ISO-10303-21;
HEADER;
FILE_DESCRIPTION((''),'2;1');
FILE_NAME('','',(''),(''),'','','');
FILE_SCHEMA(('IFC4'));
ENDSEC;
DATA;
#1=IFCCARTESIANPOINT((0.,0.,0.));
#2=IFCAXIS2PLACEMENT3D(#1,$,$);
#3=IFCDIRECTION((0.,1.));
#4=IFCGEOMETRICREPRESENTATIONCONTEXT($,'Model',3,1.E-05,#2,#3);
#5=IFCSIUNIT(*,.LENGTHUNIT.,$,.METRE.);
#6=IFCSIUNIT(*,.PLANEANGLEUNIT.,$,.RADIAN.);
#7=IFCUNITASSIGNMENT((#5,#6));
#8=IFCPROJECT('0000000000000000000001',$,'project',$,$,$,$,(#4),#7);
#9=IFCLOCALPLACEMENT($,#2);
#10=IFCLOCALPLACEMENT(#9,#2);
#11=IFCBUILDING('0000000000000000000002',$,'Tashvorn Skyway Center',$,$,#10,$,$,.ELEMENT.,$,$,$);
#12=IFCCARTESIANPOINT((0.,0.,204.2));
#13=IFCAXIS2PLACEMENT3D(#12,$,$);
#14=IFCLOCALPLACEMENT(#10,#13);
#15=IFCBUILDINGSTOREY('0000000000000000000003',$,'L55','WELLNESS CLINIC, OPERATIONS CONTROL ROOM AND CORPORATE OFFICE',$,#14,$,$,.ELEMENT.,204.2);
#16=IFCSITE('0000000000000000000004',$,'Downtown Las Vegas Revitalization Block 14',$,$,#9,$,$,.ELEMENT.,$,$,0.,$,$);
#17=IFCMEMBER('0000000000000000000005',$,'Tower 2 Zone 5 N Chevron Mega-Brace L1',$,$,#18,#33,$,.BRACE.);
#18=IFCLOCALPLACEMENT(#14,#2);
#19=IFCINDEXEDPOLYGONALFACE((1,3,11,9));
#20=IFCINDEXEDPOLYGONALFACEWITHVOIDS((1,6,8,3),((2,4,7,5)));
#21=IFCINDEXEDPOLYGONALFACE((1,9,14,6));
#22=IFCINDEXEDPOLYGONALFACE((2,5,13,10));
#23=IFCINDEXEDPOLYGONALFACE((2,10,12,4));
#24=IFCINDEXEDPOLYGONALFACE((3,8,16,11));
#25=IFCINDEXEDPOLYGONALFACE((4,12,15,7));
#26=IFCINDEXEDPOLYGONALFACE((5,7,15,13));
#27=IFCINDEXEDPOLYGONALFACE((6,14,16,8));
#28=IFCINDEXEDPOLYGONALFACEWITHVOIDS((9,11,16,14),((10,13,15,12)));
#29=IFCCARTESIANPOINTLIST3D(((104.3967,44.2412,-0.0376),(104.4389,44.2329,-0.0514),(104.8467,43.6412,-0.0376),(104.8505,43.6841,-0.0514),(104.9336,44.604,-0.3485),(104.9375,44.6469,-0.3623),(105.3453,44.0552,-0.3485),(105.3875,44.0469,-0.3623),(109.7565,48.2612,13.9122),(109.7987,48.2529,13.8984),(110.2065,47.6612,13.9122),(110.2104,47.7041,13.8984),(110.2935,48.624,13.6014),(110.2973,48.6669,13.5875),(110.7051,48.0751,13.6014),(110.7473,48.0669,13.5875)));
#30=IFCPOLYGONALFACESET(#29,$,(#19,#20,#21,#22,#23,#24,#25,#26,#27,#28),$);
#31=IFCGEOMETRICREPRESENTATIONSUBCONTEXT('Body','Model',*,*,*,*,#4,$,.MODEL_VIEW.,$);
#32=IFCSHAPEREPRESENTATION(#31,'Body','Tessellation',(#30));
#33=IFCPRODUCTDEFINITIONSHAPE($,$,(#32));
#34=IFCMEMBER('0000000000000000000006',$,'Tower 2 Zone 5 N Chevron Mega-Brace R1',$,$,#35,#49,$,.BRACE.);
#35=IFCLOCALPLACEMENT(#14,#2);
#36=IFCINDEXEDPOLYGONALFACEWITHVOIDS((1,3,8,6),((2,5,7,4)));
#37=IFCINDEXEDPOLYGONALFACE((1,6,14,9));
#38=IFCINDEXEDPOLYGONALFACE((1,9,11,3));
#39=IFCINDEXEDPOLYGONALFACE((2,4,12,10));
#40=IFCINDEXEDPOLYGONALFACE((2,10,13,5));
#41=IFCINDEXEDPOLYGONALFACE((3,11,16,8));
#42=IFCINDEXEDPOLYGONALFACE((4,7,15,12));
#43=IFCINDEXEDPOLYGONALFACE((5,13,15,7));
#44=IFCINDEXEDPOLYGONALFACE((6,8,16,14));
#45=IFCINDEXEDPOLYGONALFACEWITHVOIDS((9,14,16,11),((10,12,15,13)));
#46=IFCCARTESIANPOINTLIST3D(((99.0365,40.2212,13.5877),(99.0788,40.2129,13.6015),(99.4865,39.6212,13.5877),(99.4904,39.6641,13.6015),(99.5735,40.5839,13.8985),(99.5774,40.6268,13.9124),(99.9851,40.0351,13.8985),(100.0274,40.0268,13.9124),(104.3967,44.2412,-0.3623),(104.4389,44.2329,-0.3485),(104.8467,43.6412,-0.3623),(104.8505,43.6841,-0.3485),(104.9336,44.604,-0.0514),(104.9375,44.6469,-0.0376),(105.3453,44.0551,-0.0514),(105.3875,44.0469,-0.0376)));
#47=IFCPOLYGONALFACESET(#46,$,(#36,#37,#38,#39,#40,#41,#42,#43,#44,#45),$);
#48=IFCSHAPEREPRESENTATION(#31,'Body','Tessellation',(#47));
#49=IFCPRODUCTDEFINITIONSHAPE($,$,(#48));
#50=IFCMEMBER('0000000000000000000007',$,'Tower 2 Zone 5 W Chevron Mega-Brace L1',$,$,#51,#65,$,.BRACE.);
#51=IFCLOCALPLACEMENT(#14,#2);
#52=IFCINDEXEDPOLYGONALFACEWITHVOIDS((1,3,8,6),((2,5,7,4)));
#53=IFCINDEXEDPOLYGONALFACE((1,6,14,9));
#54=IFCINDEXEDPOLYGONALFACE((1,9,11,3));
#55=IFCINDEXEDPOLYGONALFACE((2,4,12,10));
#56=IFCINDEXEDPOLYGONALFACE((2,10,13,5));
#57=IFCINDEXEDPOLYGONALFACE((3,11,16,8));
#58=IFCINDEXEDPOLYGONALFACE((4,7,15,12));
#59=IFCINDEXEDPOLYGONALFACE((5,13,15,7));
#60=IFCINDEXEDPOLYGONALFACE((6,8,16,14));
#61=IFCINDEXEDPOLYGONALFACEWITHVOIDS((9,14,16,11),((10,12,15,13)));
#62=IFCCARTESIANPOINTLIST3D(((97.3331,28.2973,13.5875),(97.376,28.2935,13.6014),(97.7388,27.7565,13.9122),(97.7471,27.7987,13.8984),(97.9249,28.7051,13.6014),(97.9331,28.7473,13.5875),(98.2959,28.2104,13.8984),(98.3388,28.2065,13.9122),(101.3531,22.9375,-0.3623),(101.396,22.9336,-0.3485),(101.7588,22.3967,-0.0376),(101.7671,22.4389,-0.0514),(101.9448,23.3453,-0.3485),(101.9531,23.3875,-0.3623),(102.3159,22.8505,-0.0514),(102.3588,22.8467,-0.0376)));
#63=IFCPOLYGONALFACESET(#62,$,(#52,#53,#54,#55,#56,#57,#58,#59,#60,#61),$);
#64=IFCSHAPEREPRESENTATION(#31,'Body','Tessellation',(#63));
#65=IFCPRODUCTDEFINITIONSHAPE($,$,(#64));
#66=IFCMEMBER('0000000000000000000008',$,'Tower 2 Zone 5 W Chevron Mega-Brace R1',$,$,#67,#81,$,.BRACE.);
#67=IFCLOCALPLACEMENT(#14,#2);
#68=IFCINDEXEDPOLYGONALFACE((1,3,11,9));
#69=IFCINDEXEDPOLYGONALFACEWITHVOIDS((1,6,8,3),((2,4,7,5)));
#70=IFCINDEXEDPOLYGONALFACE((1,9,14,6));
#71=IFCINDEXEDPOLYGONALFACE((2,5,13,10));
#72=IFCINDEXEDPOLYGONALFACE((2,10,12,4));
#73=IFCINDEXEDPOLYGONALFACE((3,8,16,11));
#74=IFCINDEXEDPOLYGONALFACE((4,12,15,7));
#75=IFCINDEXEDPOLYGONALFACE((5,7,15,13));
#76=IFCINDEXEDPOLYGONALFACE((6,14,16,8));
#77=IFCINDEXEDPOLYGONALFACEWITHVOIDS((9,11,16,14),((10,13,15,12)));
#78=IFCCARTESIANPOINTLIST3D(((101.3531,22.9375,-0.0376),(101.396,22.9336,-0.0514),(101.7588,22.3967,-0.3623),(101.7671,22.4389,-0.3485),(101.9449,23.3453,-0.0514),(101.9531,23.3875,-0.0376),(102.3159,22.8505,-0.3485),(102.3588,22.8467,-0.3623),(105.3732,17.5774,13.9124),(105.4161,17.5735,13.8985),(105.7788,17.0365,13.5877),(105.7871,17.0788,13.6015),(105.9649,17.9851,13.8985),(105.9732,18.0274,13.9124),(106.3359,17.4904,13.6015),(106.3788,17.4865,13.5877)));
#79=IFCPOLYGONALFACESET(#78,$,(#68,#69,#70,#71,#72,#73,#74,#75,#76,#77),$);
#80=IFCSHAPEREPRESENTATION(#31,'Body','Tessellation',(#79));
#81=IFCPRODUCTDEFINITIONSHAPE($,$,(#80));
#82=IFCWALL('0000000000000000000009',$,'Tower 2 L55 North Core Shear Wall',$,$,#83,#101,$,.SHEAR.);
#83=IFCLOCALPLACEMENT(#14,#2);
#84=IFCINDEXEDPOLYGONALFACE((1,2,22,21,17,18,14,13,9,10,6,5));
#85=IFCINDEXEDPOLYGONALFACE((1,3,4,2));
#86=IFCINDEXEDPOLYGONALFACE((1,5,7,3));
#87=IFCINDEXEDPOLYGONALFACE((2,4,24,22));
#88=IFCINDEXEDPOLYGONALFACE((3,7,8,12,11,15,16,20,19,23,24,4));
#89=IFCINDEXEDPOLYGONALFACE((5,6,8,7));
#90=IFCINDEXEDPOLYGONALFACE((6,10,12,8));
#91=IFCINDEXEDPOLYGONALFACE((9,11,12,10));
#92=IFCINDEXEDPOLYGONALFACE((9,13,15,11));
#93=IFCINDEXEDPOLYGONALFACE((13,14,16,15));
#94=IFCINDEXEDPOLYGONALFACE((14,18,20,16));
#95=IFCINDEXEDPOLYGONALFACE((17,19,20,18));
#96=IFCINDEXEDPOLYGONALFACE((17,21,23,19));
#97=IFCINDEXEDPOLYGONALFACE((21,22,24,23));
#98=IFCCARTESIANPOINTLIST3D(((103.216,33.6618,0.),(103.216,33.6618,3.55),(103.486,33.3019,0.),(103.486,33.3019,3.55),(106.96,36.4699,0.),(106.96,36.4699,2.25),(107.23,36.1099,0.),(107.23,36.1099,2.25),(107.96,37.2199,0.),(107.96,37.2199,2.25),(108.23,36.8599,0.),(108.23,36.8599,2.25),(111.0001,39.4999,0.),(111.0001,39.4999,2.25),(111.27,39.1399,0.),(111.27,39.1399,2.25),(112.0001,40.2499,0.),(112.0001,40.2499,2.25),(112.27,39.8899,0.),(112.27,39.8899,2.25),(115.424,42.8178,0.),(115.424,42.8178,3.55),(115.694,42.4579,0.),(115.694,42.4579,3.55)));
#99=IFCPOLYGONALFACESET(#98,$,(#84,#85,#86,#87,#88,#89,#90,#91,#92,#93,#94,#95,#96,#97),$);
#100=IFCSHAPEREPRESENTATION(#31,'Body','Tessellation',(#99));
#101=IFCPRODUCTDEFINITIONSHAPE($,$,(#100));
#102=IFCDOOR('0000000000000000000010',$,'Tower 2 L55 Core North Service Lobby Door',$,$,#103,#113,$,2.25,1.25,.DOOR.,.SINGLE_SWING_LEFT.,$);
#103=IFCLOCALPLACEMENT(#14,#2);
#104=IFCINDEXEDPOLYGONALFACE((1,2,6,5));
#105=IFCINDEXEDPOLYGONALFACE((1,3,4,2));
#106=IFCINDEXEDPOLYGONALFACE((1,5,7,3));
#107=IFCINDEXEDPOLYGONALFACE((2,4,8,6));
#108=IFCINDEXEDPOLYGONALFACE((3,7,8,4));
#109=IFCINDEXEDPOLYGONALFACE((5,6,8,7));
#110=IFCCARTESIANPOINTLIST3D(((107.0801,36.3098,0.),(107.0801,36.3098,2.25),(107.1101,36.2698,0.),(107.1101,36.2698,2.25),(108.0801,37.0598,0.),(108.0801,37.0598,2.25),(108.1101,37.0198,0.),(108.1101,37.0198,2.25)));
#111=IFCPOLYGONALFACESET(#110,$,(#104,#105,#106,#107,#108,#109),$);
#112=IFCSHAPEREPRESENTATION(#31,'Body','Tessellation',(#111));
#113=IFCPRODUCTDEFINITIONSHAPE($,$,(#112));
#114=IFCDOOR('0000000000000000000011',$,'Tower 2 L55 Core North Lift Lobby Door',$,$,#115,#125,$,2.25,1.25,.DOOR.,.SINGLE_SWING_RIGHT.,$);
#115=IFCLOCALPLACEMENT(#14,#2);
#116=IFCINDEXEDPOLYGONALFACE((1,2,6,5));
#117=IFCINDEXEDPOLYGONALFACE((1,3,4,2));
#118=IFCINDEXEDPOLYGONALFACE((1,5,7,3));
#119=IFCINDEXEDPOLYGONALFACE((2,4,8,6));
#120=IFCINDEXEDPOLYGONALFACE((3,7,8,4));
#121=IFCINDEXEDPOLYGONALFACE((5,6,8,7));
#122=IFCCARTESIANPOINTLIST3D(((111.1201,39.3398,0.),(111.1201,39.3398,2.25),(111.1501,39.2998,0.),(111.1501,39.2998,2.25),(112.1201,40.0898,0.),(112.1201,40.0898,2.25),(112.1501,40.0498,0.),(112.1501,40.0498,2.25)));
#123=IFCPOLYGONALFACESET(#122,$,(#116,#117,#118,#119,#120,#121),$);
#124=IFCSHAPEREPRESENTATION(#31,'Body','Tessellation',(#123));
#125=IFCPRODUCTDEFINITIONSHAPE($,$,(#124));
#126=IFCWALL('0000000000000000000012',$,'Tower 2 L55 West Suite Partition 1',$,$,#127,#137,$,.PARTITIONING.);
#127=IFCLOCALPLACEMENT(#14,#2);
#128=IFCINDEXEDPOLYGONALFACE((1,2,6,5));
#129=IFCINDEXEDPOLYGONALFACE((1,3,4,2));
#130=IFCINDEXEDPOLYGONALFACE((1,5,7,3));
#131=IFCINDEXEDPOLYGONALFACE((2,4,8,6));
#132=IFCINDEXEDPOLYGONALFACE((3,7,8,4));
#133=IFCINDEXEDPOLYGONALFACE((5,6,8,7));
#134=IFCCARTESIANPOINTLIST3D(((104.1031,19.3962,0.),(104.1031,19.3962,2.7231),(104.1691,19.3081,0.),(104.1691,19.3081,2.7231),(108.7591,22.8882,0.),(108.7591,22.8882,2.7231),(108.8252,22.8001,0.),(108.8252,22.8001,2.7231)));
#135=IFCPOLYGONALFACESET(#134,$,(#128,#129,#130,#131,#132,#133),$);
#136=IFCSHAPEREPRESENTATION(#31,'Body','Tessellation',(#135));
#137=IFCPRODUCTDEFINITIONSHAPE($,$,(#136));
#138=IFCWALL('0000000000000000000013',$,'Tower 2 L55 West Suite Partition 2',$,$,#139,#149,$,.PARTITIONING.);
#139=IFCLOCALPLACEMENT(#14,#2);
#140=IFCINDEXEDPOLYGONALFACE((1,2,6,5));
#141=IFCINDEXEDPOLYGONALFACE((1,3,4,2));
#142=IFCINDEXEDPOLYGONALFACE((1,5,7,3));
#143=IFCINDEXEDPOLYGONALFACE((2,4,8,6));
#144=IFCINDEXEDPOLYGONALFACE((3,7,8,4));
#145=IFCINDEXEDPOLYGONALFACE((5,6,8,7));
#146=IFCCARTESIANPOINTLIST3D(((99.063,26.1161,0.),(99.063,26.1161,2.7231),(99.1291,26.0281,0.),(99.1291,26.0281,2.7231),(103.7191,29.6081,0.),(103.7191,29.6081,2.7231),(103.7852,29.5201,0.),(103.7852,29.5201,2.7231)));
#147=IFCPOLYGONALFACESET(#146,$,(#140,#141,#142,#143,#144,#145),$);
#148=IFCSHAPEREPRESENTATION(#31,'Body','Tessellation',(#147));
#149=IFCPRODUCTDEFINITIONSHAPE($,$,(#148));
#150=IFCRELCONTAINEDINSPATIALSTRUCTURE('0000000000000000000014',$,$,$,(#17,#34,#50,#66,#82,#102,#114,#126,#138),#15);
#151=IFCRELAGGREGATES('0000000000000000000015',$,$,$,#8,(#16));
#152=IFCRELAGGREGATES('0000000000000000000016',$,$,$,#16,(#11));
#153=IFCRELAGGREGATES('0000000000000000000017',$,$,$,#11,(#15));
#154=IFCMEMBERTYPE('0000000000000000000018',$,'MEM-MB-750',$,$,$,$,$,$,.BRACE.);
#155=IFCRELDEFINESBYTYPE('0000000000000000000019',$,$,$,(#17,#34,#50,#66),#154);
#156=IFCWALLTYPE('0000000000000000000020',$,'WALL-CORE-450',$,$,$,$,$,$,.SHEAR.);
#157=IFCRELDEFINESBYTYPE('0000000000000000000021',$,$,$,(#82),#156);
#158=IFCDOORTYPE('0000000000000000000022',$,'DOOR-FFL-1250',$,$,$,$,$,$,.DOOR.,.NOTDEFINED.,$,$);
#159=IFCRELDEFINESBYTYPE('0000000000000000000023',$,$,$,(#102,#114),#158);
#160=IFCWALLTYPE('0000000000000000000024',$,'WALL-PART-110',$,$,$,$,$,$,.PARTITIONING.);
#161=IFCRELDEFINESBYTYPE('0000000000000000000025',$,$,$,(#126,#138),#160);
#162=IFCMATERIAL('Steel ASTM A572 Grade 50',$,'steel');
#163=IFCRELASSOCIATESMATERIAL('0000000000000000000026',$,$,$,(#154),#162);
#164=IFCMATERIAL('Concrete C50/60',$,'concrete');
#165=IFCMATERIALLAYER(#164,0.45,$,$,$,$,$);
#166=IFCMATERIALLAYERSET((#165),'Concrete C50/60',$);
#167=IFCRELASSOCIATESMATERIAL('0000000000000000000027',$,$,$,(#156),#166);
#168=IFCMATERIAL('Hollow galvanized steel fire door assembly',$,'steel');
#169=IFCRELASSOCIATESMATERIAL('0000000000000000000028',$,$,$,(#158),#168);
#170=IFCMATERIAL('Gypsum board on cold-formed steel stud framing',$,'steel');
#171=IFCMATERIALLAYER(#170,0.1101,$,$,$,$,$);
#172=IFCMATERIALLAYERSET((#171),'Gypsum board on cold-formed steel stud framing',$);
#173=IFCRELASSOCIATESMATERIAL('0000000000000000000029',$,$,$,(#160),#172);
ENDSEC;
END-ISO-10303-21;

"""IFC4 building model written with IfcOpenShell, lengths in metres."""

from ifc_helpers import new_model, si_unit, direction, frame, frame_2d, origin, origin_2d, place, context, subcontext, project, spatial, rectangle, hollow_rectangle, extrude, material, layer, layer_set, material_profile, profile_set, type_object, element, fill, save


model = new_model("IFC4")

# Units and contexts
model_context = context("Model", 3, precision=1e-05, world=origin(), true_north=direction((0.0, 1.0)))
body_context = subcontext(model_context, "Body", "Model", "MODEL_VIEW")
ifc_project = project(units=[si_unit("LENGTHUNIT", "METRE"), si_unit("PLANEANGLEUNIT", "RADIAN")], contexts=[model_context])

# Site, building, storey
site_placement = place(None, origin())
site = spatial("IfcSite", under=ifc_project, at=site_placement, Name="Downtown Las Vegas Revitalization Block 14", CompositionType="ELEMENT", RefElevation=0.0)
building_placement = place(site_placement, origin())
building = spatial("IfcBuilding", under=site, at=building_placement, Name="Tashvorn Skyway Center", CompositionType="ELEMENT")
storey_placement = place(building_placement, frame((0.0, 0.0, 204.2)))
storey = spatial("IfcBuildingStorey", under=building, at=storey_placement, Name="L55", Description="WELLNESS CLINIC, OPERATIONS CONTROL ROOM AND CORPORATE OFFICE", CompositionType="ELEMENT", Elevation=204.2)

# Shared definitions
ifc_material_1 = material(Name="Steel ASTM A572 Grade 50", Category="steel")

# Members
ifc_material_profile_1 = material_profile(ifc_material_1, hollow_rectangle(XDim=0.75, YDim=0.75, WallThickness=0.032, at=origin_2d()), Name="BOX750x750x32")
ifc_profile_set_1 = profile_set([ifc_material_profile_1], Name="Steel ASTM A572 Grade 50")
member_type_1 = type_object("IfcMemberType", Name="MEM-MB-750", PredefinedType="BRACE", material=ifc_profile_set_1)
member_1_placement = place(storey_placement, frame((104.8921, 44.144, -0.2), z_axis=(0.346346, 0.259767, 0.901424), x_axis=(-0.600012, 0.799991, 0.0)))
element("IfcMember", 1, at=member_1_placement, inside=storey, type_object=member_type_1, Name="Tower 2 Zone 5 N Chevron Mega-Brace L1", PredefinedType="BRACE", context=body_context, shape_type="SweptSolid", body=[
    extrude(hollow_rectangle(XDim=0.75, YDim=0.75, WallThickness=0.032, at=origin_2d()), origin(), (0.0, 0.0, 1.0), 15.4753),
])
member_2_placement = place(storey_placement, frame((104.8921, 44.144, -0.2), z_axis=(-0.34636, -0.259766, 0.901419), x_axis=(0.599994, -0.800004, 0.0)))
element("IfcMember", 2, at=member_2_placement, inside=storey, type_object=member_type_1, Name="Tower 2 Zone 5 N Chevron Mega-Brace R1", PredefinedType="BRACE", context=body_context, shape_type="SweptSolid", body=[
    extrude(hollow_rectangle(XDim=0.75, YDim=0.75, WallThickness=0.032, at=origin_2d()), origin(), (0.0, 0.0, 1.0), 15.4756),
])
member_3_placement = place(storey_placement, frame((101.856, 22.8921, -0.2), z_axis=(-0.259767, 0.346346, 0.901424), x_axis=(-0.799991, -0.600012, 0.0)))
element("IfcMember", 3, at=member_3_placement, inside=storey, type_object=member_type_1, Name="Tower 2 Zone 5 W Chevron Mega-Brace L1", PredefinedType="BRACE", context=body_context, shape_type="SweptSolid", body=[
    extrude(hollow_rectangle(XDim=0.75, YDim=0.75, WallThickness=0.032, at=origin_2d()), origin(), (0.0, 0.0, 1.0), 15.4753),
])
member_4_placement = place(storey_placement, frame((101.856, 22.8921, -0.2), z_axis=(0.259766, -0.34636, 0.901419), x_axis=(0.800004, 0.599994, 0.0)))
element("IfcMember", 4, at=member_4_placement, inside=storey, type_object=member_type_1, Name="Tower 2 Zone 5 W Chevron Mega-Brace R1", PredefinedType="BRACE", context=body_context, shape_type="SweptSolid", body=[
    extrude(hollow_rectangle(XDim=0.75, YDim=0.75, WallThickness=0.032, at=origin_2d()), origin(), (0.0, 0.0, 1.0), 15.4756),
])

# Wall, openings, doors
ifc_material_2 = material(Name="Concrete C50/60", Category="concrete")
ifc_layer_1 = layer(ifc_material_2, 0.45)
ifc_layer_set_1 = layer_set([ifc_layer_1], Name="Concrete C50/60")
wall_type_1 = type_object("IfcWallType", Name="WALL-CORE-450", PredefinedType="SHEAR", material=ifc_layer_set_1)
wall_1_placement = place(storey_placement, frame((103.3511, 33.4819, 0.0), z_axis=(0.0, 0.0, 1.0), x_axis=(0.8, 0.6, 0.0)))
wall_1 = element("IfcWall", 5, at=wall_1_placement, inside=storey, type_object=wall_type_1, Name="Tower 2 L55 North Core Shear Wall", PredefinedType="SHEAR", context=body_context, shape_type="SweptSolid", body=[
    extrude(rectangle(XDim=15.26, YDim=0.45, at=frame_2d((7.6299, 0.0))), origin(), (0.0, 0.0, 1.0), 3.55),
])
opening_1_placement = place(wall_1_placement, frame((4.6799, 0.0, 0.0)))
opening_1 = element("IfcOpeningElement", 6, at=opening_1_placement, cuts=wall_1, PredefinedType="OPENING", context=body_context, shape_type="SweptSolid", body=[
    extrude(rectangle(XDim=1.25, YDim=2.25, at=frame_2d((0.625, 1.125))), frame((0.0, 0.2349, 0.0), z_axis=(0.0, -1.0, 0.0), x_axis=(1.0, 0.0, 0.0)), (0.0, 0.0, 1.0), 0.47),
])
opening_2_placement = place(wall_1_placement, frame((9.73, 0.0, 0.0)))
opening_2 = element("IfcOpeningElement", 7, at=opening_2_placement, cuts=wall_1, PredefinedType="OPENING", context=body_context, shape_type="SweptSolid", body=[
    extrude(rectangle(XDim=1.25, YDim=2.25, at=frame_2d((0.625, 1.125))), frame((0.0, 0.2349, 0.0), z_axis=(0.0, -1.0, 0.0), x_axis=(1.0, 0.0, 0.0)), (0.0, 0.0, 1.0), 0.47),
])
ifc_material_3 = material(Name="Hollow galvanized steel fire door assembly", Category="steel")
door_type_1 = type_object("IfcDoorType", Name="DOOR-FFL-1250", OperationType="NOTDEFINED", PredefinedType="DOOR", material=ifc_material_3)
door_1_placement = place(opening_1_placement, origin())
door_1 = element("IfcDoor", 8, at=door_1_placement, inside=storey, type_object=door_type_1, Name="Tower 2 L55 Core North Service Lobby Door", OperationType="SINGLE_SWING_LEFT", OverallHeight=2.25, OverallWidth=1.25, PredefinedType="DOOR", context=body_context, shape_type="SweptSolid", body=[
    extrude(rectangle(XDim=1.25, YDim=2.25, at=frame_2d((0.625, 1.125))), frame((0.0, 0.0249, 0.0), z_axis=(0.0, -1.0, 0.0), x_axis=(1.0, 0.0, 0.0)), (0.0, 0.0, 1.0), 0.05),
])
fill(opening_1, door_1)
door_2_placement = place(opening_2_placement, origin())
door_2 = element("IfcDoor", 9, at=door_2_placement, inside=storey, type_object=door_type_1, Name="Tower 2 L55 Core North Lift Lobby Door", OperationType="SINGLE_SWING_RIGHT", OverallHeight=2.25, OverallWidth=1.25, PredefinedType="DOOR", context=body_context, shape_type="SweptSolid", body=[
    extrude(rectangle(XDim=1.25, YDim=2.25, at=frame_2d((0.625, 1.125))), frame((0.0, 0.0249, 0.0), z_axis=(0.0, -1.0, 0.0), x_axis=(1.0, 0.0, 0.0)), (0.0, 0.0, 1.0), 0.05),
])
fill(opening_2, door_2)

# Walls
ifc_material_4 = material(Name="Gypsum board on cold-formed steel stud framing", Category="steel")
ifc_layer_2 = layer(ifc_material_4, 0.1101)
ifc_layer_set_2 = layer_set([ifc_layer_2], Name="Gypsum board on cold-formed steel stud framing")
wall_type_2 = type_object("IfcWallType", Name="WALL-PART-110", PredefinedType="PARTITIONING", material=ifc_layer_set_2)
for number, where, z_axis, x_axis, name in (
    (10, (104.136, 19.3521, 0.0), (0.0, 0.0, 1.0), (0.800005, 0.599993, 0.0), "Tower 2 L55 West Suite Partition 1"),
    (11, (99.0959, 26.072, 0.0), (0.0, 0.0, 1.0), (0.800005, 0.599993, 0.0), "Tower 2 L55 West Suite Partition 2"),
):
    element("IfcWall", number, at=place(storey_placement, frame(where, z_axis=z_axis, x_axis=x_axis)), inside=storey, type_object=wall_type_2, Name=name, PredefinedType="PARTITIONING", context=body_context, shape_type="SweptSolid", body=[
        extrude(rectangle(XDim=5.8201, YDim=0.1101, at=frame_2d((2.9102, 0.0))), origin(), (0.0, 0.0, 1.0), 2.7231),
    ])

save(model, "model.ifc")
